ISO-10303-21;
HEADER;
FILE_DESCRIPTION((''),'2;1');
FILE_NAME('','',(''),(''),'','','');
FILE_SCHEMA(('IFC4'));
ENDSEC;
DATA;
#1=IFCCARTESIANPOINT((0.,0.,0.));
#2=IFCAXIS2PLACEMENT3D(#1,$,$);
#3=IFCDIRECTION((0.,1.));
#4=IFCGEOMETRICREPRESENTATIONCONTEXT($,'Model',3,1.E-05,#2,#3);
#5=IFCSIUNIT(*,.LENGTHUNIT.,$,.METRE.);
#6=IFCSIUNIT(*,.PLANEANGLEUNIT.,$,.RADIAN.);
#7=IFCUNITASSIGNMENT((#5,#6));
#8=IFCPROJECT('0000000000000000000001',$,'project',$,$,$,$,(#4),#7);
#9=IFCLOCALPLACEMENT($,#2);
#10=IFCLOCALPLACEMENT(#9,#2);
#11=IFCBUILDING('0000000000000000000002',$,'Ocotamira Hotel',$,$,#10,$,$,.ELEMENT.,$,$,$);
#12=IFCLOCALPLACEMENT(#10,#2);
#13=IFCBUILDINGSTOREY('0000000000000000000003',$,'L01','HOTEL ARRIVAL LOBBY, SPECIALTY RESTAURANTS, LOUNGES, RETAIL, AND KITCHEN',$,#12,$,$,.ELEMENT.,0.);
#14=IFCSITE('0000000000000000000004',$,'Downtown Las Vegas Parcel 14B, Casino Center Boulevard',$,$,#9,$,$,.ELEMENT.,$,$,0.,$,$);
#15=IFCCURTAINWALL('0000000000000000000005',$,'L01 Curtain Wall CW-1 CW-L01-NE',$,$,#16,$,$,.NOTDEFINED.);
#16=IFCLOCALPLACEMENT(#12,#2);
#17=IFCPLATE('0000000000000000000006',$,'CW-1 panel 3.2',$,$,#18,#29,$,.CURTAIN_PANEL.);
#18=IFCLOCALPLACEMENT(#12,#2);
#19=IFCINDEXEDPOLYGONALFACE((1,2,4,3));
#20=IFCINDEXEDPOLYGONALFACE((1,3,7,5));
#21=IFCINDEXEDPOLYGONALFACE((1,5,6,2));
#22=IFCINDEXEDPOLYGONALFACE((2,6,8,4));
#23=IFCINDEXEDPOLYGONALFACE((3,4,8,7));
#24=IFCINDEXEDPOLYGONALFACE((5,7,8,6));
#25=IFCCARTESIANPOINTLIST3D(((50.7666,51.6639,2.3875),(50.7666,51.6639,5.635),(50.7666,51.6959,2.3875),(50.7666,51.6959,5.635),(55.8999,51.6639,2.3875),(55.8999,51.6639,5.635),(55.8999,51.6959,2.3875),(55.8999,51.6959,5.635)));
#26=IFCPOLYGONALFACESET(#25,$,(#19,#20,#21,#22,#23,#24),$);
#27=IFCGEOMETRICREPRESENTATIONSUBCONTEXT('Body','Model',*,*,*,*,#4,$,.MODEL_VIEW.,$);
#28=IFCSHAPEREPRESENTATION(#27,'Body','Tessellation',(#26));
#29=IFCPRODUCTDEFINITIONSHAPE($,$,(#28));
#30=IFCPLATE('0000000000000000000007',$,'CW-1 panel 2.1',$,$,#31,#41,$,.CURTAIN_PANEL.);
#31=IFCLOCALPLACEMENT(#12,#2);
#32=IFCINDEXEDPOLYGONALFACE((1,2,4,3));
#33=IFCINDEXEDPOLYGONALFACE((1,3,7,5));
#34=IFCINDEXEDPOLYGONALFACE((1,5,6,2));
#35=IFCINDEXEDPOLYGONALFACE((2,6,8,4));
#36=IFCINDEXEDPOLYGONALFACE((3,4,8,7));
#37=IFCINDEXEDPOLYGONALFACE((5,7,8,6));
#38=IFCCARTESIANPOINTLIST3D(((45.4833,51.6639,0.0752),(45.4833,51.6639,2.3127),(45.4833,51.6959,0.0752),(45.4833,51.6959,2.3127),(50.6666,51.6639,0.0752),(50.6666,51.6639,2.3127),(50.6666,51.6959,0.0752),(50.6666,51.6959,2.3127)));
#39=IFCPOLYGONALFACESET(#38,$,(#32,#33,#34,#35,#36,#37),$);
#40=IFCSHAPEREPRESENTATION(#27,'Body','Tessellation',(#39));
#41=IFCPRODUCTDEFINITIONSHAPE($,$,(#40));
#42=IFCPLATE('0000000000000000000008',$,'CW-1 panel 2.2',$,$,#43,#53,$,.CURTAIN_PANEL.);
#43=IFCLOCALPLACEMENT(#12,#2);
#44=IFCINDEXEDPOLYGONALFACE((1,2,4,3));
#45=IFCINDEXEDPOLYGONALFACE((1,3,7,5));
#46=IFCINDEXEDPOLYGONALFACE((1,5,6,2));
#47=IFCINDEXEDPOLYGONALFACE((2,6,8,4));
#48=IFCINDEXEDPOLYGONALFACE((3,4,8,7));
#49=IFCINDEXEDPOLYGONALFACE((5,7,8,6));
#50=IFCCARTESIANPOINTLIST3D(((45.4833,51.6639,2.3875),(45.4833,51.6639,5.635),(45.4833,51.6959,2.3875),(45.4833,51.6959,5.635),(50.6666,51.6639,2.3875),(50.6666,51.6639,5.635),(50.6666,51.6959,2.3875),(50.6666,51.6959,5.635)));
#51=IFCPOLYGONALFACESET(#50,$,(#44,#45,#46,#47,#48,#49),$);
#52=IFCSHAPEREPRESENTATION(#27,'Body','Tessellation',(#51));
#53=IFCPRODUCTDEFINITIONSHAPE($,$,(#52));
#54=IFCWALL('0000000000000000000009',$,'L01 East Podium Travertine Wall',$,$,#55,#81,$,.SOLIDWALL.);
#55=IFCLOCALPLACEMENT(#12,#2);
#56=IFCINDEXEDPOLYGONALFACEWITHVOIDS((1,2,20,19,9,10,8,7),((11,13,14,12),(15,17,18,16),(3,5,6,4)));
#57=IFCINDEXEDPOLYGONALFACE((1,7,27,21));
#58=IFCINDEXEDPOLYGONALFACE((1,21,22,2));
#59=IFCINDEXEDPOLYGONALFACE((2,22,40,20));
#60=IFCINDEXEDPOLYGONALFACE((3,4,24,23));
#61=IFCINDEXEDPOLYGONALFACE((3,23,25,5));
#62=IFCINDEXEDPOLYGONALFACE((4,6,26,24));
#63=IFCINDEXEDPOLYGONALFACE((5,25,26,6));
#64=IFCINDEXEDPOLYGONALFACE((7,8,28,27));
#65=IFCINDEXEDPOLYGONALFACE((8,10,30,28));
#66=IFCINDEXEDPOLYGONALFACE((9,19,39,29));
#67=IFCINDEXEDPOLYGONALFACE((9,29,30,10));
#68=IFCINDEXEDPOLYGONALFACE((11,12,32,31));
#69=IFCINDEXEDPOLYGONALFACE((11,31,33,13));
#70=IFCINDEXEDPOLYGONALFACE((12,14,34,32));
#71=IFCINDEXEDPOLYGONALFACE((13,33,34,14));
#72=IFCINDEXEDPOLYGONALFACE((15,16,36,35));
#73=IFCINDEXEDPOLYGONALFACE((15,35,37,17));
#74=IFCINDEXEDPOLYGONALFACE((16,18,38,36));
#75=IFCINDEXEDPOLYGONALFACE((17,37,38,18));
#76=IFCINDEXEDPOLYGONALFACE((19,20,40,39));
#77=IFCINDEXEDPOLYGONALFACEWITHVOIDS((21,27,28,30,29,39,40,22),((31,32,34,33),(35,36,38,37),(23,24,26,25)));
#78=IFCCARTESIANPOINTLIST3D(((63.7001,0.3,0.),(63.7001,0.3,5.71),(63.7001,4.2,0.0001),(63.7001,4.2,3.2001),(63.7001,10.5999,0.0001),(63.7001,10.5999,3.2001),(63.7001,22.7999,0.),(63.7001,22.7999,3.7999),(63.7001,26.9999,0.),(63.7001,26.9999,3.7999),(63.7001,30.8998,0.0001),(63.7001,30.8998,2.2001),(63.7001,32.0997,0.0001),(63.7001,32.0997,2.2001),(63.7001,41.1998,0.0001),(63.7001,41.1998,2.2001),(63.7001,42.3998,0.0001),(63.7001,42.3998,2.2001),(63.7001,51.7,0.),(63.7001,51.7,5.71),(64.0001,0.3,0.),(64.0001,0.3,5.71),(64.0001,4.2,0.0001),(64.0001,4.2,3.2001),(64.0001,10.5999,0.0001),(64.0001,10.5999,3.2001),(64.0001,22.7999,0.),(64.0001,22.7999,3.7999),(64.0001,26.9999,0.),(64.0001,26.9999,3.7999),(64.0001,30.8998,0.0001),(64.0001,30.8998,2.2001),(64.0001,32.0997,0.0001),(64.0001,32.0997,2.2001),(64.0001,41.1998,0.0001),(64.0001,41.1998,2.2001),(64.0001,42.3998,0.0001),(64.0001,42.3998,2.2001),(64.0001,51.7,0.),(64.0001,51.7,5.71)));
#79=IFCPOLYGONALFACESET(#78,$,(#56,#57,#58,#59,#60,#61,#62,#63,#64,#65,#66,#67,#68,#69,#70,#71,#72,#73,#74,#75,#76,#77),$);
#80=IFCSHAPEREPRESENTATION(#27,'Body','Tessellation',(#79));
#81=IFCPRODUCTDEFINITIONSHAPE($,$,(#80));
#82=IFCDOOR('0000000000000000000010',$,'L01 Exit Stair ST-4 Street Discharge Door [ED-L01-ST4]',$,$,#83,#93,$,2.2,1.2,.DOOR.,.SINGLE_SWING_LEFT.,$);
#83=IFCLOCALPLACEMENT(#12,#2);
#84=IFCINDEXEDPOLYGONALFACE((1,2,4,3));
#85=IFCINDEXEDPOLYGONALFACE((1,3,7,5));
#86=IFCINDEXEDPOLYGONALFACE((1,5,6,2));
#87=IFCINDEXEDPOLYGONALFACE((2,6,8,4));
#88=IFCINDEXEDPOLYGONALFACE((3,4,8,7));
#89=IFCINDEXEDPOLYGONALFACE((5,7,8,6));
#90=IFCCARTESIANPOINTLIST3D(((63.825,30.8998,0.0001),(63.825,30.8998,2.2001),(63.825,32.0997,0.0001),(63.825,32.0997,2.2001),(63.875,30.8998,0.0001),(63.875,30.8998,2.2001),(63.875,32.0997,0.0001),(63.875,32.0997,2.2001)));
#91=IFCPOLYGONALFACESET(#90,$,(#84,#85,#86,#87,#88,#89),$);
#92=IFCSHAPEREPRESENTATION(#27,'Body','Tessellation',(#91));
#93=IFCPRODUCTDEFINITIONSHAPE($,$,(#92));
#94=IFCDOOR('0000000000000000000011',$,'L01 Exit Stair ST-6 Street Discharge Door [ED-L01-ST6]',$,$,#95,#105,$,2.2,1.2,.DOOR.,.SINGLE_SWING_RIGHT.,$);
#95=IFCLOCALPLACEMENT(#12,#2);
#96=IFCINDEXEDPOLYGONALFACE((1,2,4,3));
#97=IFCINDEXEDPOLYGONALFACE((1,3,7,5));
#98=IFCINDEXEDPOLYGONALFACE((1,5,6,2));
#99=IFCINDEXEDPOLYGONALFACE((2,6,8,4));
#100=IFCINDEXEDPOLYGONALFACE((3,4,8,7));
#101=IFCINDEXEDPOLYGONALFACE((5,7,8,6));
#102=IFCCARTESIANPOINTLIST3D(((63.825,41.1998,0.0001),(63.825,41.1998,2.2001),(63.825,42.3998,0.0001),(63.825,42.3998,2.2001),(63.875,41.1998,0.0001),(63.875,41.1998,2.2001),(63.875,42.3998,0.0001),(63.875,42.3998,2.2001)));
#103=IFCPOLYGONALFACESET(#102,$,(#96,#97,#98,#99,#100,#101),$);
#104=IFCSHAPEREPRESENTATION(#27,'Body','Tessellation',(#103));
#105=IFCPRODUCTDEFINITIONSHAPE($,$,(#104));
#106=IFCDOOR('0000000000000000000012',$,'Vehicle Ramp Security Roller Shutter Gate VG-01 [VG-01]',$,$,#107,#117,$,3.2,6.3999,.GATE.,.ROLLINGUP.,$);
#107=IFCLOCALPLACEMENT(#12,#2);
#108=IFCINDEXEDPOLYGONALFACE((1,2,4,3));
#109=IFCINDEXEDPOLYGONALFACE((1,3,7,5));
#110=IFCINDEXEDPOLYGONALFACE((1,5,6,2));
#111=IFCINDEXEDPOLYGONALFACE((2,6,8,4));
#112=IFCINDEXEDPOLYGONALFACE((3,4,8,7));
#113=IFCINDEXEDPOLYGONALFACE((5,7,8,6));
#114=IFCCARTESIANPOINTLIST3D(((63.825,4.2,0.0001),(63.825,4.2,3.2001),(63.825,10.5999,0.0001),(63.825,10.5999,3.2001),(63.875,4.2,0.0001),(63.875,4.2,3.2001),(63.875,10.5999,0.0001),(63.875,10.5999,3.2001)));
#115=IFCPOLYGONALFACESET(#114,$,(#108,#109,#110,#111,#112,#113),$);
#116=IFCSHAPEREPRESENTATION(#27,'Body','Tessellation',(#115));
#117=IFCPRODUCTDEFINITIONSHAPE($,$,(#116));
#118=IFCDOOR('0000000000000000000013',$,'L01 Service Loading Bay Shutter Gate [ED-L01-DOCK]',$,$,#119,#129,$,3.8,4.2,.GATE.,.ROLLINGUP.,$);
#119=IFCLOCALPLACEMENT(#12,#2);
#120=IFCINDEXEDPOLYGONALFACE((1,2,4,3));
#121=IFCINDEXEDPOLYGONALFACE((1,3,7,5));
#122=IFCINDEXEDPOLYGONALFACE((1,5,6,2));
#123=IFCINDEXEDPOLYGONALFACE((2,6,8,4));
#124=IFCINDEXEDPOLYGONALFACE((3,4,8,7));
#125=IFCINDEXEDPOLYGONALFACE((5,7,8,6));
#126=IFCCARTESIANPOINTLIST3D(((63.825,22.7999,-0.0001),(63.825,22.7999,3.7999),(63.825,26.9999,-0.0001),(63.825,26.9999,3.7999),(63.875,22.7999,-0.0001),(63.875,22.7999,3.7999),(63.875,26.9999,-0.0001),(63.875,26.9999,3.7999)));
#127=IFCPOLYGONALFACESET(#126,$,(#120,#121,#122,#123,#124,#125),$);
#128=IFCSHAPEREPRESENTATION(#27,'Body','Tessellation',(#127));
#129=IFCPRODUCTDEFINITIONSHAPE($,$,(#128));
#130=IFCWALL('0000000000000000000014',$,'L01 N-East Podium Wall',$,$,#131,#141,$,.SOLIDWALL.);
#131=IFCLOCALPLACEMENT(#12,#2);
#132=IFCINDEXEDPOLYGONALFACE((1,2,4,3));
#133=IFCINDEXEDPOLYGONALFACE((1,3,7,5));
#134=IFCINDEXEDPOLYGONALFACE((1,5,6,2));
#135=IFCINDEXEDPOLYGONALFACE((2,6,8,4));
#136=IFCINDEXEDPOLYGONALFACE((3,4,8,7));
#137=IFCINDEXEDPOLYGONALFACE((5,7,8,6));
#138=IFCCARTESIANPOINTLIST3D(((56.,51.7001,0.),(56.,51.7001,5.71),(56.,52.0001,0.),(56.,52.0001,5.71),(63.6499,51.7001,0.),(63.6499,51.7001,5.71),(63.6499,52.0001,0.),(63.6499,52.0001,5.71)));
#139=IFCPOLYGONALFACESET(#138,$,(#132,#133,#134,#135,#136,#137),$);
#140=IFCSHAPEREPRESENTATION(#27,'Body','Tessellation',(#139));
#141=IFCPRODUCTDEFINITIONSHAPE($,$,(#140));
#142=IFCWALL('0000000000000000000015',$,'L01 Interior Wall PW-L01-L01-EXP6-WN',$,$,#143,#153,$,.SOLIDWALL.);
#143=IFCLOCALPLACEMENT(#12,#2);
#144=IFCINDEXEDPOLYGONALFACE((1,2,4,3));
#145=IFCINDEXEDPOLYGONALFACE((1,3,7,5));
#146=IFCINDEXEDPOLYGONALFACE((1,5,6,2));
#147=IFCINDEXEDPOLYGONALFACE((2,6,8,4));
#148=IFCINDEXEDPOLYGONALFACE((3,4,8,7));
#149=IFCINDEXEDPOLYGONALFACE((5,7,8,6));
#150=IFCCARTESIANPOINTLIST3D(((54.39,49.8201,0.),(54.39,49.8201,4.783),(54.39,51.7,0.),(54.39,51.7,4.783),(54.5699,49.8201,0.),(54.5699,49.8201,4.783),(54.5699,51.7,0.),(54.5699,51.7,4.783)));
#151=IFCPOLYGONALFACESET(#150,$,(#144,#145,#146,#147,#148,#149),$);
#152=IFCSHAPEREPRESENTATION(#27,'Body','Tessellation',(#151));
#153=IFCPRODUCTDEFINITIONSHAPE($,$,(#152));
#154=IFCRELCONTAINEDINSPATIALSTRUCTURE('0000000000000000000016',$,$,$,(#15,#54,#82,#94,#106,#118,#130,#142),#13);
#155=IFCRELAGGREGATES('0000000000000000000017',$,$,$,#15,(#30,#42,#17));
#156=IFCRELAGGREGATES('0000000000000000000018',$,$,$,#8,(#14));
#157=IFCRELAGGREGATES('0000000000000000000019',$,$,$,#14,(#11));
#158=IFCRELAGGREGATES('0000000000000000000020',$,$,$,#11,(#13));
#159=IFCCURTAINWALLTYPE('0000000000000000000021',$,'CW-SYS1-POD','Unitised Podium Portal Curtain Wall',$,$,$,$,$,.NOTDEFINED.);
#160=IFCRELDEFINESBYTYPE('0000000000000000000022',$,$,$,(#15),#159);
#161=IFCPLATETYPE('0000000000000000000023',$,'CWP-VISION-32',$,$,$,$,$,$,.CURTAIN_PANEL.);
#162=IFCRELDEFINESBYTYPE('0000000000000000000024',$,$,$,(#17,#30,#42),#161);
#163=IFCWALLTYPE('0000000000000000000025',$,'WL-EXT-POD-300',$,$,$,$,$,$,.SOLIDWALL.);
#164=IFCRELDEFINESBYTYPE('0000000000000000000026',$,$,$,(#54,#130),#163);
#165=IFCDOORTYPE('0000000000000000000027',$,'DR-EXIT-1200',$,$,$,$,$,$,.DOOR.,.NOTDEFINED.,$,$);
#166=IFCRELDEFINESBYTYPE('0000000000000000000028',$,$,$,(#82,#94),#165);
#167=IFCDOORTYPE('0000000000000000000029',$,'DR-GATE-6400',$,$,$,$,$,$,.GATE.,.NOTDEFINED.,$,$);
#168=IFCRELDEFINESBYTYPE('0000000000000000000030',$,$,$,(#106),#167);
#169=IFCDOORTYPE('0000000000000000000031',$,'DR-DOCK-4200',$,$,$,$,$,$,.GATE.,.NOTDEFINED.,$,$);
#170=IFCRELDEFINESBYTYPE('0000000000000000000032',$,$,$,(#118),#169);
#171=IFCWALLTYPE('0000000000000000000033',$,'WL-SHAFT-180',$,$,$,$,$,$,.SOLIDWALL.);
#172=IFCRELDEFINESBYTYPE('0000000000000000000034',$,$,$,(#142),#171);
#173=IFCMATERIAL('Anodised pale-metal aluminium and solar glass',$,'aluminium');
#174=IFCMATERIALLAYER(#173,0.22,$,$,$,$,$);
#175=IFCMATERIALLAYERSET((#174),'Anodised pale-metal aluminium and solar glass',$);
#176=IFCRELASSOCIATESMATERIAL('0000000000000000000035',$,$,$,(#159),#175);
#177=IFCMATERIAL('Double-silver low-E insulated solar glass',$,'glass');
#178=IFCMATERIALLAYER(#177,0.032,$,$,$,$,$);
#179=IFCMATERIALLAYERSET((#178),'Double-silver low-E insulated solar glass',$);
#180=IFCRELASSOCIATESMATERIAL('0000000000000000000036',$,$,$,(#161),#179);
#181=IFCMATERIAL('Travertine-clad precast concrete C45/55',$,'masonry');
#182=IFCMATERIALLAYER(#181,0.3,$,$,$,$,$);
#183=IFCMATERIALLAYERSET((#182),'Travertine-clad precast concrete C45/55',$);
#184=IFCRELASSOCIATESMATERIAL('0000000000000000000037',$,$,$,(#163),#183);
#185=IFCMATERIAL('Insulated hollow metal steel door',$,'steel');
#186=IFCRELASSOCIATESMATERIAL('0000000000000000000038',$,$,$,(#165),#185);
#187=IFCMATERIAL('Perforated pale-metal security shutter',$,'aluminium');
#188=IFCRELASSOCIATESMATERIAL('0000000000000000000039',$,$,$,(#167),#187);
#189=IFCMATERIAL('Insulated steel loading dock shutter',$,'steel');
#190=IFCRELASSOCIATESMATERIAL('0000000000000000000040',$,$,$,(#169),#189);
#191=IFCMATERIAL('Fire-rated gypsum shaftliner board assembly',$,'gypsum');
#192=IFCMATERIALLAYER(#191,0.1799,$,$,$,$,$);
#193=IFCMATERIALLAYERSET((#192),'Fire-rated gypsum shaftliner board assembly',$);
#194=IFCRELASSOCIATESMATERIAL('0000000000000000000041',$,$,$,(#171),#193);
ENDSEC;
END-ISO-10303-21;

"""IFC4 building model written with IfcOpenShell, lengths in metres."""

from ifc_helpers import new_model, si_unit, direction, frame, frame_2d, origin, origin_2d, place, context, subcontext, project, spatial, rectangle, extrude, source, transform, mapped, material, layer, layer_set, type_object, element, fill, aggregate, save


model = new_model("IFC4")

# Units and contexts
model_context = context("Model", 3, precision=1e-05, world=origin(), true_north=direction((0.0, 1.0)))
body_context = subcontext(model_context, "Body", "Model", "MODEL_VIEW")
ifc_project = project(units=[si_unit("LENGTHUNIT", "METRE"), si_unit("PLANEANGLEUNIT", "RADIAN")], contexts=[model_context])

# Site, building, storey
site_placement = place(None, origin())
site = spatial("IfcSite", under=ifc_project, at=site_placement, Name="Downtown Las Vegas Parcel 14B, Casino Center Boulevard", CompositionType="ELEMENT", RefElevation=0.0)
building_placement = place(site_placement, origin())
building = spatial("IfcBuilding", under=site, at=building_placement, Name="Ocotamira Hotel", CompositionType="ELEMENT")
storey_placement = place(building_placement, origin())
storey = spatial("IfcBuildingStorey", under=building, at=storey_placement, Name="L01", Description="HOTEL ARRIVAL LOBBY, SPECIALTY RESTAURANTS, LOUNGES, RETAIL, AND KITCHEN", CompositionType="ELEMENT", Elevation=0.0)

# Curtain wall, plates
ifc_material_1 = material(Name="Anodised pale-metal aluminium and solar glass", Category="aluminium")
ifc_layer_1 = layer(ifc_material_1, 0.22)
ifc_layer_set_1 = layer_set([ifc_layer_1], Name="Anodised pale-metal aluminium and solar glass")
curtain_wall_type = type_object("IfcCurtainWallType", Name="CW-SYS1-POD", Description="Unitised Podium Portal Curtain Wall", PredefinedType="NOTDEFINED", material=ifc_layer_set_1)
curtain_wall_placement = place(storey_placement, origin())
curtain_wall = element("IfcCurtainWall", 1, at=curtain_wall_placement, inside=storey, type_object=curtain_wall_type, Name="L01 Curtain Wall CW-1 CW-L01-NE", PredefinedType="NOTDEFINED")
ifc_material_2 = material(Name="Double-silver low-E insulated solar glass", Category="glass")
ifc_layer_2 = layer(ifc_material_2, 0.032)
ifc_layer_set_2 = layer_set([ifc_layer_2], Name="Double-silver low-E insulated solar glass")
plate_type = type_object("IfcPlateType", Name="CWP-VISION-32", PredefinedType="CURTAIN_PANEL", material=ifc_layer_set_2)
shared_shape_1 = source(origin(), body_context, "Body", "SweptSolid", [
    extrude(rectangle(XDim=5.1333, YDim=0.032, at=origin_2d()), origin(), (0.0, 0.0, 1.0), 3.2476),
])
plate_1_placement = place(storey_placement, frame((53.3333, 51.6799, 2.3875), z_axis=(0.0, 0.0, 1.0), x_axis=(1.0, 0.0, 0.0)))
plate_1 = element("IfcPlate", 2, at=plate_1_placement, type_object=plate_type, Name="CW-1 panel 3.2", PredefinedType="CURTAIN_PANEL", context=body_context, shape_type="MappedRepresentation", body=[
    mapped(shared_shape_1, transform((0.0, 0.0, 0.0), scale=1.0)),
])
shared_shape_2 = source(origin(), body_context, "Body", "SweptSolid", [
    extrude(rectangle(XDim=5.1833, YDim=0.032, at=origin_2d()), origin(), (0.0, 0.0, 1.0), 2.2375),
])
plate_2_placement = place(storey_placement, frame((48.075, 51.6799, 0.0752), z_axis=(0.0, 0.0, 1.0), x_axis=(1.0, 0.0, 0.0)))
plate_2 = element("IfcPlate", 3, at=plate_2_placement, type_object=plate_type, Name="CW-1 panel 2.1", PredefinedType="CURTAIN_PANEL", context=body_context, shape_type="MappedRepresentation", body=[
    mapped(shared_shape_2, transform((0.0, 0.0, 0.0), scale=1.0)),
])
shared_shape_3 = source(origin(), body_context, "Body", "SweptSolid", [
    extrude(rectangle(XDim=5.1833, YDim=0.032, at=origin_2d()), origin(), (0.0, 0.0, 1.0), 3.2476),
])
plate_3_placement = place(storey_placement, frame((48.075, 51.6799, 2.3875), z_axis=(0.0, 0.0, 1.0), x_axis=(1.0, 0.0, 0.0)))
plate_3 = element("IfcPlate", 4, at=plate_3_placement, type_object=plate_type, Name="CW-1 panel 2.2", PredefinedType="CURTAIN_PANEL", context=body_context, shape_type="MappedRepresentation", body=[
    mapped(shared_shape_3, transform((0.0, 0.0, 0.0), scale=1.0)),
])
aggregate(curtain_wall, [plate_2, plate_3, plate_1])

# Wall, openings, doors
ifc_material_3 = material(Name="Travertine-clad precast concrete C45/55", Category="masonry")
ifc_layer_3 = layer(ifc_material_3, 0.3)
ifc_layer_set_3 = layer_set([ifc_layer_3], Name="Travertine-clad precast concrete C45/55")
wall_type_1 = type_object("IfcWallType", Name="WL-EXT-POD-300", PredefinedType="SOLIDWALL", material=ifc_layer_set_3)
wall_1_placement = place(storey_placement, frame((63.8501, 51.7, 0.0), z_axis=(0.0, 0.0, 1.0), x_axis=(0.0, -1.0, 0.0)))
wall_1 = element("IfcWall", 5, at=wall_1_placement, inside=storey, type_object=wall_type_1, Name="L01 East Podium Travertine Wall", PredefinedType="SOLIDWALL", context=body_context, shape_type="SweptSolid", body=[
    extrude(rectangle(XDim=51.3999, YDim=0.3, at=frame_2d((25.7, 0.0))), origin(), (0.0, 0.0, 1.0), 5.71),
])
opening_1_placement = place(wall_1_placement, frame((41.1001, 0.0, 0.0)))
opening_1 = element("IfcOpeningElement", 6, at=opening_1_placement, cuts=wall_1, PredefinedType="OPENING", context=body_context, shape_type="SweptSolid", body=[
    extrude(rectangle(XDim=6.3999, YDim=3.2, at=frame_2d((3.2, 1.6001))), frame((0.0, 0.1602, 0.0), z_axis=(0.0, -1.0, 0.0), x_axis=(1.0, 0.0, 0.0)), (0.0, 0.0, 1.0), 0.3201),
])
opening_2_placement = place(wall_1_placement, frame((24.7, 0.0, 0.0)))
opening_2 = element("IfcOpeningElement", 7, at=opening_2_placement, cuts=wall_1, PredefinedType="OPENING", context=body_context, shape_type="SweptSolid", body=[
    extrude(rectangle(XDim=4.2, YDim=3.8, at=frame_2d((2.1001, 1.8999))), frame((0.0, 0.1602, 0.0), z_axis=(0.0, -1.0, 0.0), x_axis=(1.0, 0.0, 0.0)), (0.0, 0.0, 1.0), 0.3201),
])
opening_3_placement = place(wall_1_placement, frame((19.6001, 0.0, 0.0)))
opening_3 = element("IfcOpeningElement", 8, at=opening_3_placement, cuts=wall_1, PredefinedType="OPENING", context=body_context, shape_type="SweptSolid", body=[
    extrude(rectangle(XDim=1.2, YDim=2.2, at=frame_2d((0.6001, 1.1001))), frame((0.0, 0.1602, 0.0), z_axis=(0.0, -1.0, 0.0), x_axis=(1.0, 0.0, 0.0)), (0.0, 0.0, 1.0), 0.3201),
])
opening_4_placement = place(wall_1_placement, frame((9.3, 0.0, 0.0)))
opening_4 = element("IfcOpeningElement", 9, at=opening_4_placement, cuts=wall_1, PredefinedType="OPENING", context=body_context, shape_type="SweptSolid", body=[
    extrude(rectangle(XDim=1.2, YDim=2.2, at=frame_2d((0.6001, 1.1001))), frame((0.0, 0.1602, 0.0), z_axis=(0.0, -1.0, 0.0), x_axis=(1.0, 0.0, 0.0)), (0.0, 0.0, 1.0), 0.3201),
])
ifc_material_4 = material(Name="Insulated hollow metal steel door", Category="steel")
door_type_1 = type_object("IfcDoorType", Name="DR-EXIT-1200", OperationType="NOTDEFINED", PredefinedType="DOOR", material=ifc_material_4)
shared_shape_4 = source(origin(), body_context, "Body", "SweptSolid", [
    extrude(rectangle(XDim=1.2, YDim=2.2, at=frame_2d((0.6001, 1.1001))), frame((0.0, 0.0249, 0.0), z_axis=(0.0, -1.0, 0.0), x_axis=(1.0, 0.0, 0.0)), (0.0, 0.0, 1.0), 0.05),
])
door_1_placement = place(opening_3_placement, origin())
door_1 = element("IfcDoor", 10, at=door_1_placement, inside=storey, type_object=door_type_1, Name="L01 Exit Stair ST-4 Street Discharge Door [ED-L01-ST4]", OperationType="SINGLE_SWING_LEFT", OverallHeight=2.2, OverallWidth=1.2, PredefinedType="DOOR", context=body_context, shape_type="MappedRepresentation", body=[
    mapped(shared_shape_4, transform((0.0, 0.0, 0.0), scale=1.0)),
])
fill(opening_3, door_1)
door_2_placement = place(opening_4_placement, origin())
door_2 = element("IfcDoor", 11, at=door_2_placement, inside=storey, type_object=door_type_1, Name="L01 Exit Stair ST-6 Street Discharge Door [ED-L01-ST6]", OperationType="SINGLE_SWING_RIGHT", OverallHeight=2.2, OverallWidth=1.2, PredefinedType="DOOR", context=body_context, shape_type="MappedRepresentation", body=[
    mapped(shared_shape_4, transform((0.0, 0.0, 0.0), scale=1.0)),
])
fill(opening_4, door_2)
ifc_material_5 = material(Name="Perforated pale-metal security shutter", Category="aluminium")
door_type_2 = type_object("IfcDoorType", Name="DR-GATE-6400", OperationType="NOTDEFINED", PredefinedType="GATE", material=ifc_material_5)
shared_shape_5 = source(origin(), body_context, "Body", "SweptSolid", [
    extrude(rectangle(XDim=6.3999, YDim=3.2, at=frame_2d((3.2, 1.6001))), frame((0.0, 0.0249, 0.0), z_axis=(0.0, -1.0, 0.0), x_axis=(1.0, 0.0, 0.0)), (0.0, 0.0, 1.0), 0.05),
])
door_3_placement = place(opening_1_placement, origin())
door_3 = element("IfcDoor", 12, at=door_3_placement, inside=storey, type_object=door_type_2, Name="Vehicle Ramp Security Roller Shutter Gate VG-01 [VG-01]", OperationType="ROLLINGUP", OverallHeight=3.2, OverallWidth=6.3999, PredefinedType="GATE", context=body_context, shape_type="MappedRepresentation", body=[
    mapped(shared_shape_5, transform((0.0, 0.0, 0.0), scale=1.0)),
])
fill(opening_1, door_3)
ifc_material_6 = material(Name="Insulated steel loading dock shutter", Category="steel")
door_type_3 = type_object("IfcDoorType", Name="DR-DOCK-4200", OperationType="NOTDEFINED", PredefinedType="GATE", material=ifc_material_6)
shared_shape_6 = source(origin(), body_context, "Body", "SweptSolid", [
    extrude(rectangle(XDim=4.2, YDim=3.8, at=frame_2d((2.1001, 1.8999))), frame((0.0, 0.0249, 0.0), z_axis=(0.0, -1.0, 0.0), x_axis=(1.0, 0.0, 0.0)), (0.0, 0.0, 1.0), 0.05),
])
door_4_placement = place(opening_2_placement, origin())
door_4 = element("IfcDoor", 13, at=door_4_placement, inside=storey, type_object=door_type_3, Name="L01 Service Loading Bay Shutter Gate [ED-L01-DOCK]", OperationType="ROLLINGUP", OverallHeight=3.8, OverallWidth=4.2, PredefinedType="GATE", context=body_context, shape_type="MappedRepresentation", body=[
    mapped(shared_shape_6, transform((0.0, 0.0, 0.0), scale=1.0)),
])
fill(opening_2, door_4)

# Walls
wall_2_placement = place(storey_placement, frame((56.0, 51.8501, 0.0), z_axis=(0.0, 0.0, 1.0), x_axis=(1.0, 0.0, 0.0)))
element("IfcWall", 14, at=wall_2_placement, inside=storey, type_object=wall_type_1, Name="L01 N-East Podium Wall", PredefinedType="SOLIDWALL", context=body_context, shape_type="SweptSolid", body=[
    extrude(rectangle(XDim=7.6499, YDim=0.3, at=frame_2d((3.825, 0.0))), origin(), (0.0, 0.0, 1.0), 5.71),
])
ifc_material_7 = material(Name="Fire-rated gypsum shaftliner board assembly", Category="gypsum")
ifc_layer_4 = layer(ifc_material_7, 0.1799)
ifc_layer_set_4 = layer_set([ifc_layer_4], Name="Fire-rated gypsum shaftliner board assembly")
wall_type_2 = type_object("IfcWallType", Name="WL-SHAFT-180", PredefinedType="SOLIDWALL", material=ifc_layer_set_4)
wall_3_placement = place(storey_placement, frame((54.48, 49.8201, 0.0), z_axis=(0.0, 0.0, 1.0), x_axis=(0.0, 1.0, 0.0)))
element("IfcWall", 15, at=wall_3_placement, inside=storey, type_object=wall_type_2, Name="L01 Interior Wall PW-L01-L01-EXP6-WN", PredefinedType="SOLIDWALL", context=body_context, shape_type="SweptSolid", body=[
    extrude(rectangle(XDim=1.8799, YDim=0.1799, at=frame_2d((0.9399, 0.0))), origin(), (0.0, 0.0, 1.0), 4.783),
])

save(model, "model.ifc")
